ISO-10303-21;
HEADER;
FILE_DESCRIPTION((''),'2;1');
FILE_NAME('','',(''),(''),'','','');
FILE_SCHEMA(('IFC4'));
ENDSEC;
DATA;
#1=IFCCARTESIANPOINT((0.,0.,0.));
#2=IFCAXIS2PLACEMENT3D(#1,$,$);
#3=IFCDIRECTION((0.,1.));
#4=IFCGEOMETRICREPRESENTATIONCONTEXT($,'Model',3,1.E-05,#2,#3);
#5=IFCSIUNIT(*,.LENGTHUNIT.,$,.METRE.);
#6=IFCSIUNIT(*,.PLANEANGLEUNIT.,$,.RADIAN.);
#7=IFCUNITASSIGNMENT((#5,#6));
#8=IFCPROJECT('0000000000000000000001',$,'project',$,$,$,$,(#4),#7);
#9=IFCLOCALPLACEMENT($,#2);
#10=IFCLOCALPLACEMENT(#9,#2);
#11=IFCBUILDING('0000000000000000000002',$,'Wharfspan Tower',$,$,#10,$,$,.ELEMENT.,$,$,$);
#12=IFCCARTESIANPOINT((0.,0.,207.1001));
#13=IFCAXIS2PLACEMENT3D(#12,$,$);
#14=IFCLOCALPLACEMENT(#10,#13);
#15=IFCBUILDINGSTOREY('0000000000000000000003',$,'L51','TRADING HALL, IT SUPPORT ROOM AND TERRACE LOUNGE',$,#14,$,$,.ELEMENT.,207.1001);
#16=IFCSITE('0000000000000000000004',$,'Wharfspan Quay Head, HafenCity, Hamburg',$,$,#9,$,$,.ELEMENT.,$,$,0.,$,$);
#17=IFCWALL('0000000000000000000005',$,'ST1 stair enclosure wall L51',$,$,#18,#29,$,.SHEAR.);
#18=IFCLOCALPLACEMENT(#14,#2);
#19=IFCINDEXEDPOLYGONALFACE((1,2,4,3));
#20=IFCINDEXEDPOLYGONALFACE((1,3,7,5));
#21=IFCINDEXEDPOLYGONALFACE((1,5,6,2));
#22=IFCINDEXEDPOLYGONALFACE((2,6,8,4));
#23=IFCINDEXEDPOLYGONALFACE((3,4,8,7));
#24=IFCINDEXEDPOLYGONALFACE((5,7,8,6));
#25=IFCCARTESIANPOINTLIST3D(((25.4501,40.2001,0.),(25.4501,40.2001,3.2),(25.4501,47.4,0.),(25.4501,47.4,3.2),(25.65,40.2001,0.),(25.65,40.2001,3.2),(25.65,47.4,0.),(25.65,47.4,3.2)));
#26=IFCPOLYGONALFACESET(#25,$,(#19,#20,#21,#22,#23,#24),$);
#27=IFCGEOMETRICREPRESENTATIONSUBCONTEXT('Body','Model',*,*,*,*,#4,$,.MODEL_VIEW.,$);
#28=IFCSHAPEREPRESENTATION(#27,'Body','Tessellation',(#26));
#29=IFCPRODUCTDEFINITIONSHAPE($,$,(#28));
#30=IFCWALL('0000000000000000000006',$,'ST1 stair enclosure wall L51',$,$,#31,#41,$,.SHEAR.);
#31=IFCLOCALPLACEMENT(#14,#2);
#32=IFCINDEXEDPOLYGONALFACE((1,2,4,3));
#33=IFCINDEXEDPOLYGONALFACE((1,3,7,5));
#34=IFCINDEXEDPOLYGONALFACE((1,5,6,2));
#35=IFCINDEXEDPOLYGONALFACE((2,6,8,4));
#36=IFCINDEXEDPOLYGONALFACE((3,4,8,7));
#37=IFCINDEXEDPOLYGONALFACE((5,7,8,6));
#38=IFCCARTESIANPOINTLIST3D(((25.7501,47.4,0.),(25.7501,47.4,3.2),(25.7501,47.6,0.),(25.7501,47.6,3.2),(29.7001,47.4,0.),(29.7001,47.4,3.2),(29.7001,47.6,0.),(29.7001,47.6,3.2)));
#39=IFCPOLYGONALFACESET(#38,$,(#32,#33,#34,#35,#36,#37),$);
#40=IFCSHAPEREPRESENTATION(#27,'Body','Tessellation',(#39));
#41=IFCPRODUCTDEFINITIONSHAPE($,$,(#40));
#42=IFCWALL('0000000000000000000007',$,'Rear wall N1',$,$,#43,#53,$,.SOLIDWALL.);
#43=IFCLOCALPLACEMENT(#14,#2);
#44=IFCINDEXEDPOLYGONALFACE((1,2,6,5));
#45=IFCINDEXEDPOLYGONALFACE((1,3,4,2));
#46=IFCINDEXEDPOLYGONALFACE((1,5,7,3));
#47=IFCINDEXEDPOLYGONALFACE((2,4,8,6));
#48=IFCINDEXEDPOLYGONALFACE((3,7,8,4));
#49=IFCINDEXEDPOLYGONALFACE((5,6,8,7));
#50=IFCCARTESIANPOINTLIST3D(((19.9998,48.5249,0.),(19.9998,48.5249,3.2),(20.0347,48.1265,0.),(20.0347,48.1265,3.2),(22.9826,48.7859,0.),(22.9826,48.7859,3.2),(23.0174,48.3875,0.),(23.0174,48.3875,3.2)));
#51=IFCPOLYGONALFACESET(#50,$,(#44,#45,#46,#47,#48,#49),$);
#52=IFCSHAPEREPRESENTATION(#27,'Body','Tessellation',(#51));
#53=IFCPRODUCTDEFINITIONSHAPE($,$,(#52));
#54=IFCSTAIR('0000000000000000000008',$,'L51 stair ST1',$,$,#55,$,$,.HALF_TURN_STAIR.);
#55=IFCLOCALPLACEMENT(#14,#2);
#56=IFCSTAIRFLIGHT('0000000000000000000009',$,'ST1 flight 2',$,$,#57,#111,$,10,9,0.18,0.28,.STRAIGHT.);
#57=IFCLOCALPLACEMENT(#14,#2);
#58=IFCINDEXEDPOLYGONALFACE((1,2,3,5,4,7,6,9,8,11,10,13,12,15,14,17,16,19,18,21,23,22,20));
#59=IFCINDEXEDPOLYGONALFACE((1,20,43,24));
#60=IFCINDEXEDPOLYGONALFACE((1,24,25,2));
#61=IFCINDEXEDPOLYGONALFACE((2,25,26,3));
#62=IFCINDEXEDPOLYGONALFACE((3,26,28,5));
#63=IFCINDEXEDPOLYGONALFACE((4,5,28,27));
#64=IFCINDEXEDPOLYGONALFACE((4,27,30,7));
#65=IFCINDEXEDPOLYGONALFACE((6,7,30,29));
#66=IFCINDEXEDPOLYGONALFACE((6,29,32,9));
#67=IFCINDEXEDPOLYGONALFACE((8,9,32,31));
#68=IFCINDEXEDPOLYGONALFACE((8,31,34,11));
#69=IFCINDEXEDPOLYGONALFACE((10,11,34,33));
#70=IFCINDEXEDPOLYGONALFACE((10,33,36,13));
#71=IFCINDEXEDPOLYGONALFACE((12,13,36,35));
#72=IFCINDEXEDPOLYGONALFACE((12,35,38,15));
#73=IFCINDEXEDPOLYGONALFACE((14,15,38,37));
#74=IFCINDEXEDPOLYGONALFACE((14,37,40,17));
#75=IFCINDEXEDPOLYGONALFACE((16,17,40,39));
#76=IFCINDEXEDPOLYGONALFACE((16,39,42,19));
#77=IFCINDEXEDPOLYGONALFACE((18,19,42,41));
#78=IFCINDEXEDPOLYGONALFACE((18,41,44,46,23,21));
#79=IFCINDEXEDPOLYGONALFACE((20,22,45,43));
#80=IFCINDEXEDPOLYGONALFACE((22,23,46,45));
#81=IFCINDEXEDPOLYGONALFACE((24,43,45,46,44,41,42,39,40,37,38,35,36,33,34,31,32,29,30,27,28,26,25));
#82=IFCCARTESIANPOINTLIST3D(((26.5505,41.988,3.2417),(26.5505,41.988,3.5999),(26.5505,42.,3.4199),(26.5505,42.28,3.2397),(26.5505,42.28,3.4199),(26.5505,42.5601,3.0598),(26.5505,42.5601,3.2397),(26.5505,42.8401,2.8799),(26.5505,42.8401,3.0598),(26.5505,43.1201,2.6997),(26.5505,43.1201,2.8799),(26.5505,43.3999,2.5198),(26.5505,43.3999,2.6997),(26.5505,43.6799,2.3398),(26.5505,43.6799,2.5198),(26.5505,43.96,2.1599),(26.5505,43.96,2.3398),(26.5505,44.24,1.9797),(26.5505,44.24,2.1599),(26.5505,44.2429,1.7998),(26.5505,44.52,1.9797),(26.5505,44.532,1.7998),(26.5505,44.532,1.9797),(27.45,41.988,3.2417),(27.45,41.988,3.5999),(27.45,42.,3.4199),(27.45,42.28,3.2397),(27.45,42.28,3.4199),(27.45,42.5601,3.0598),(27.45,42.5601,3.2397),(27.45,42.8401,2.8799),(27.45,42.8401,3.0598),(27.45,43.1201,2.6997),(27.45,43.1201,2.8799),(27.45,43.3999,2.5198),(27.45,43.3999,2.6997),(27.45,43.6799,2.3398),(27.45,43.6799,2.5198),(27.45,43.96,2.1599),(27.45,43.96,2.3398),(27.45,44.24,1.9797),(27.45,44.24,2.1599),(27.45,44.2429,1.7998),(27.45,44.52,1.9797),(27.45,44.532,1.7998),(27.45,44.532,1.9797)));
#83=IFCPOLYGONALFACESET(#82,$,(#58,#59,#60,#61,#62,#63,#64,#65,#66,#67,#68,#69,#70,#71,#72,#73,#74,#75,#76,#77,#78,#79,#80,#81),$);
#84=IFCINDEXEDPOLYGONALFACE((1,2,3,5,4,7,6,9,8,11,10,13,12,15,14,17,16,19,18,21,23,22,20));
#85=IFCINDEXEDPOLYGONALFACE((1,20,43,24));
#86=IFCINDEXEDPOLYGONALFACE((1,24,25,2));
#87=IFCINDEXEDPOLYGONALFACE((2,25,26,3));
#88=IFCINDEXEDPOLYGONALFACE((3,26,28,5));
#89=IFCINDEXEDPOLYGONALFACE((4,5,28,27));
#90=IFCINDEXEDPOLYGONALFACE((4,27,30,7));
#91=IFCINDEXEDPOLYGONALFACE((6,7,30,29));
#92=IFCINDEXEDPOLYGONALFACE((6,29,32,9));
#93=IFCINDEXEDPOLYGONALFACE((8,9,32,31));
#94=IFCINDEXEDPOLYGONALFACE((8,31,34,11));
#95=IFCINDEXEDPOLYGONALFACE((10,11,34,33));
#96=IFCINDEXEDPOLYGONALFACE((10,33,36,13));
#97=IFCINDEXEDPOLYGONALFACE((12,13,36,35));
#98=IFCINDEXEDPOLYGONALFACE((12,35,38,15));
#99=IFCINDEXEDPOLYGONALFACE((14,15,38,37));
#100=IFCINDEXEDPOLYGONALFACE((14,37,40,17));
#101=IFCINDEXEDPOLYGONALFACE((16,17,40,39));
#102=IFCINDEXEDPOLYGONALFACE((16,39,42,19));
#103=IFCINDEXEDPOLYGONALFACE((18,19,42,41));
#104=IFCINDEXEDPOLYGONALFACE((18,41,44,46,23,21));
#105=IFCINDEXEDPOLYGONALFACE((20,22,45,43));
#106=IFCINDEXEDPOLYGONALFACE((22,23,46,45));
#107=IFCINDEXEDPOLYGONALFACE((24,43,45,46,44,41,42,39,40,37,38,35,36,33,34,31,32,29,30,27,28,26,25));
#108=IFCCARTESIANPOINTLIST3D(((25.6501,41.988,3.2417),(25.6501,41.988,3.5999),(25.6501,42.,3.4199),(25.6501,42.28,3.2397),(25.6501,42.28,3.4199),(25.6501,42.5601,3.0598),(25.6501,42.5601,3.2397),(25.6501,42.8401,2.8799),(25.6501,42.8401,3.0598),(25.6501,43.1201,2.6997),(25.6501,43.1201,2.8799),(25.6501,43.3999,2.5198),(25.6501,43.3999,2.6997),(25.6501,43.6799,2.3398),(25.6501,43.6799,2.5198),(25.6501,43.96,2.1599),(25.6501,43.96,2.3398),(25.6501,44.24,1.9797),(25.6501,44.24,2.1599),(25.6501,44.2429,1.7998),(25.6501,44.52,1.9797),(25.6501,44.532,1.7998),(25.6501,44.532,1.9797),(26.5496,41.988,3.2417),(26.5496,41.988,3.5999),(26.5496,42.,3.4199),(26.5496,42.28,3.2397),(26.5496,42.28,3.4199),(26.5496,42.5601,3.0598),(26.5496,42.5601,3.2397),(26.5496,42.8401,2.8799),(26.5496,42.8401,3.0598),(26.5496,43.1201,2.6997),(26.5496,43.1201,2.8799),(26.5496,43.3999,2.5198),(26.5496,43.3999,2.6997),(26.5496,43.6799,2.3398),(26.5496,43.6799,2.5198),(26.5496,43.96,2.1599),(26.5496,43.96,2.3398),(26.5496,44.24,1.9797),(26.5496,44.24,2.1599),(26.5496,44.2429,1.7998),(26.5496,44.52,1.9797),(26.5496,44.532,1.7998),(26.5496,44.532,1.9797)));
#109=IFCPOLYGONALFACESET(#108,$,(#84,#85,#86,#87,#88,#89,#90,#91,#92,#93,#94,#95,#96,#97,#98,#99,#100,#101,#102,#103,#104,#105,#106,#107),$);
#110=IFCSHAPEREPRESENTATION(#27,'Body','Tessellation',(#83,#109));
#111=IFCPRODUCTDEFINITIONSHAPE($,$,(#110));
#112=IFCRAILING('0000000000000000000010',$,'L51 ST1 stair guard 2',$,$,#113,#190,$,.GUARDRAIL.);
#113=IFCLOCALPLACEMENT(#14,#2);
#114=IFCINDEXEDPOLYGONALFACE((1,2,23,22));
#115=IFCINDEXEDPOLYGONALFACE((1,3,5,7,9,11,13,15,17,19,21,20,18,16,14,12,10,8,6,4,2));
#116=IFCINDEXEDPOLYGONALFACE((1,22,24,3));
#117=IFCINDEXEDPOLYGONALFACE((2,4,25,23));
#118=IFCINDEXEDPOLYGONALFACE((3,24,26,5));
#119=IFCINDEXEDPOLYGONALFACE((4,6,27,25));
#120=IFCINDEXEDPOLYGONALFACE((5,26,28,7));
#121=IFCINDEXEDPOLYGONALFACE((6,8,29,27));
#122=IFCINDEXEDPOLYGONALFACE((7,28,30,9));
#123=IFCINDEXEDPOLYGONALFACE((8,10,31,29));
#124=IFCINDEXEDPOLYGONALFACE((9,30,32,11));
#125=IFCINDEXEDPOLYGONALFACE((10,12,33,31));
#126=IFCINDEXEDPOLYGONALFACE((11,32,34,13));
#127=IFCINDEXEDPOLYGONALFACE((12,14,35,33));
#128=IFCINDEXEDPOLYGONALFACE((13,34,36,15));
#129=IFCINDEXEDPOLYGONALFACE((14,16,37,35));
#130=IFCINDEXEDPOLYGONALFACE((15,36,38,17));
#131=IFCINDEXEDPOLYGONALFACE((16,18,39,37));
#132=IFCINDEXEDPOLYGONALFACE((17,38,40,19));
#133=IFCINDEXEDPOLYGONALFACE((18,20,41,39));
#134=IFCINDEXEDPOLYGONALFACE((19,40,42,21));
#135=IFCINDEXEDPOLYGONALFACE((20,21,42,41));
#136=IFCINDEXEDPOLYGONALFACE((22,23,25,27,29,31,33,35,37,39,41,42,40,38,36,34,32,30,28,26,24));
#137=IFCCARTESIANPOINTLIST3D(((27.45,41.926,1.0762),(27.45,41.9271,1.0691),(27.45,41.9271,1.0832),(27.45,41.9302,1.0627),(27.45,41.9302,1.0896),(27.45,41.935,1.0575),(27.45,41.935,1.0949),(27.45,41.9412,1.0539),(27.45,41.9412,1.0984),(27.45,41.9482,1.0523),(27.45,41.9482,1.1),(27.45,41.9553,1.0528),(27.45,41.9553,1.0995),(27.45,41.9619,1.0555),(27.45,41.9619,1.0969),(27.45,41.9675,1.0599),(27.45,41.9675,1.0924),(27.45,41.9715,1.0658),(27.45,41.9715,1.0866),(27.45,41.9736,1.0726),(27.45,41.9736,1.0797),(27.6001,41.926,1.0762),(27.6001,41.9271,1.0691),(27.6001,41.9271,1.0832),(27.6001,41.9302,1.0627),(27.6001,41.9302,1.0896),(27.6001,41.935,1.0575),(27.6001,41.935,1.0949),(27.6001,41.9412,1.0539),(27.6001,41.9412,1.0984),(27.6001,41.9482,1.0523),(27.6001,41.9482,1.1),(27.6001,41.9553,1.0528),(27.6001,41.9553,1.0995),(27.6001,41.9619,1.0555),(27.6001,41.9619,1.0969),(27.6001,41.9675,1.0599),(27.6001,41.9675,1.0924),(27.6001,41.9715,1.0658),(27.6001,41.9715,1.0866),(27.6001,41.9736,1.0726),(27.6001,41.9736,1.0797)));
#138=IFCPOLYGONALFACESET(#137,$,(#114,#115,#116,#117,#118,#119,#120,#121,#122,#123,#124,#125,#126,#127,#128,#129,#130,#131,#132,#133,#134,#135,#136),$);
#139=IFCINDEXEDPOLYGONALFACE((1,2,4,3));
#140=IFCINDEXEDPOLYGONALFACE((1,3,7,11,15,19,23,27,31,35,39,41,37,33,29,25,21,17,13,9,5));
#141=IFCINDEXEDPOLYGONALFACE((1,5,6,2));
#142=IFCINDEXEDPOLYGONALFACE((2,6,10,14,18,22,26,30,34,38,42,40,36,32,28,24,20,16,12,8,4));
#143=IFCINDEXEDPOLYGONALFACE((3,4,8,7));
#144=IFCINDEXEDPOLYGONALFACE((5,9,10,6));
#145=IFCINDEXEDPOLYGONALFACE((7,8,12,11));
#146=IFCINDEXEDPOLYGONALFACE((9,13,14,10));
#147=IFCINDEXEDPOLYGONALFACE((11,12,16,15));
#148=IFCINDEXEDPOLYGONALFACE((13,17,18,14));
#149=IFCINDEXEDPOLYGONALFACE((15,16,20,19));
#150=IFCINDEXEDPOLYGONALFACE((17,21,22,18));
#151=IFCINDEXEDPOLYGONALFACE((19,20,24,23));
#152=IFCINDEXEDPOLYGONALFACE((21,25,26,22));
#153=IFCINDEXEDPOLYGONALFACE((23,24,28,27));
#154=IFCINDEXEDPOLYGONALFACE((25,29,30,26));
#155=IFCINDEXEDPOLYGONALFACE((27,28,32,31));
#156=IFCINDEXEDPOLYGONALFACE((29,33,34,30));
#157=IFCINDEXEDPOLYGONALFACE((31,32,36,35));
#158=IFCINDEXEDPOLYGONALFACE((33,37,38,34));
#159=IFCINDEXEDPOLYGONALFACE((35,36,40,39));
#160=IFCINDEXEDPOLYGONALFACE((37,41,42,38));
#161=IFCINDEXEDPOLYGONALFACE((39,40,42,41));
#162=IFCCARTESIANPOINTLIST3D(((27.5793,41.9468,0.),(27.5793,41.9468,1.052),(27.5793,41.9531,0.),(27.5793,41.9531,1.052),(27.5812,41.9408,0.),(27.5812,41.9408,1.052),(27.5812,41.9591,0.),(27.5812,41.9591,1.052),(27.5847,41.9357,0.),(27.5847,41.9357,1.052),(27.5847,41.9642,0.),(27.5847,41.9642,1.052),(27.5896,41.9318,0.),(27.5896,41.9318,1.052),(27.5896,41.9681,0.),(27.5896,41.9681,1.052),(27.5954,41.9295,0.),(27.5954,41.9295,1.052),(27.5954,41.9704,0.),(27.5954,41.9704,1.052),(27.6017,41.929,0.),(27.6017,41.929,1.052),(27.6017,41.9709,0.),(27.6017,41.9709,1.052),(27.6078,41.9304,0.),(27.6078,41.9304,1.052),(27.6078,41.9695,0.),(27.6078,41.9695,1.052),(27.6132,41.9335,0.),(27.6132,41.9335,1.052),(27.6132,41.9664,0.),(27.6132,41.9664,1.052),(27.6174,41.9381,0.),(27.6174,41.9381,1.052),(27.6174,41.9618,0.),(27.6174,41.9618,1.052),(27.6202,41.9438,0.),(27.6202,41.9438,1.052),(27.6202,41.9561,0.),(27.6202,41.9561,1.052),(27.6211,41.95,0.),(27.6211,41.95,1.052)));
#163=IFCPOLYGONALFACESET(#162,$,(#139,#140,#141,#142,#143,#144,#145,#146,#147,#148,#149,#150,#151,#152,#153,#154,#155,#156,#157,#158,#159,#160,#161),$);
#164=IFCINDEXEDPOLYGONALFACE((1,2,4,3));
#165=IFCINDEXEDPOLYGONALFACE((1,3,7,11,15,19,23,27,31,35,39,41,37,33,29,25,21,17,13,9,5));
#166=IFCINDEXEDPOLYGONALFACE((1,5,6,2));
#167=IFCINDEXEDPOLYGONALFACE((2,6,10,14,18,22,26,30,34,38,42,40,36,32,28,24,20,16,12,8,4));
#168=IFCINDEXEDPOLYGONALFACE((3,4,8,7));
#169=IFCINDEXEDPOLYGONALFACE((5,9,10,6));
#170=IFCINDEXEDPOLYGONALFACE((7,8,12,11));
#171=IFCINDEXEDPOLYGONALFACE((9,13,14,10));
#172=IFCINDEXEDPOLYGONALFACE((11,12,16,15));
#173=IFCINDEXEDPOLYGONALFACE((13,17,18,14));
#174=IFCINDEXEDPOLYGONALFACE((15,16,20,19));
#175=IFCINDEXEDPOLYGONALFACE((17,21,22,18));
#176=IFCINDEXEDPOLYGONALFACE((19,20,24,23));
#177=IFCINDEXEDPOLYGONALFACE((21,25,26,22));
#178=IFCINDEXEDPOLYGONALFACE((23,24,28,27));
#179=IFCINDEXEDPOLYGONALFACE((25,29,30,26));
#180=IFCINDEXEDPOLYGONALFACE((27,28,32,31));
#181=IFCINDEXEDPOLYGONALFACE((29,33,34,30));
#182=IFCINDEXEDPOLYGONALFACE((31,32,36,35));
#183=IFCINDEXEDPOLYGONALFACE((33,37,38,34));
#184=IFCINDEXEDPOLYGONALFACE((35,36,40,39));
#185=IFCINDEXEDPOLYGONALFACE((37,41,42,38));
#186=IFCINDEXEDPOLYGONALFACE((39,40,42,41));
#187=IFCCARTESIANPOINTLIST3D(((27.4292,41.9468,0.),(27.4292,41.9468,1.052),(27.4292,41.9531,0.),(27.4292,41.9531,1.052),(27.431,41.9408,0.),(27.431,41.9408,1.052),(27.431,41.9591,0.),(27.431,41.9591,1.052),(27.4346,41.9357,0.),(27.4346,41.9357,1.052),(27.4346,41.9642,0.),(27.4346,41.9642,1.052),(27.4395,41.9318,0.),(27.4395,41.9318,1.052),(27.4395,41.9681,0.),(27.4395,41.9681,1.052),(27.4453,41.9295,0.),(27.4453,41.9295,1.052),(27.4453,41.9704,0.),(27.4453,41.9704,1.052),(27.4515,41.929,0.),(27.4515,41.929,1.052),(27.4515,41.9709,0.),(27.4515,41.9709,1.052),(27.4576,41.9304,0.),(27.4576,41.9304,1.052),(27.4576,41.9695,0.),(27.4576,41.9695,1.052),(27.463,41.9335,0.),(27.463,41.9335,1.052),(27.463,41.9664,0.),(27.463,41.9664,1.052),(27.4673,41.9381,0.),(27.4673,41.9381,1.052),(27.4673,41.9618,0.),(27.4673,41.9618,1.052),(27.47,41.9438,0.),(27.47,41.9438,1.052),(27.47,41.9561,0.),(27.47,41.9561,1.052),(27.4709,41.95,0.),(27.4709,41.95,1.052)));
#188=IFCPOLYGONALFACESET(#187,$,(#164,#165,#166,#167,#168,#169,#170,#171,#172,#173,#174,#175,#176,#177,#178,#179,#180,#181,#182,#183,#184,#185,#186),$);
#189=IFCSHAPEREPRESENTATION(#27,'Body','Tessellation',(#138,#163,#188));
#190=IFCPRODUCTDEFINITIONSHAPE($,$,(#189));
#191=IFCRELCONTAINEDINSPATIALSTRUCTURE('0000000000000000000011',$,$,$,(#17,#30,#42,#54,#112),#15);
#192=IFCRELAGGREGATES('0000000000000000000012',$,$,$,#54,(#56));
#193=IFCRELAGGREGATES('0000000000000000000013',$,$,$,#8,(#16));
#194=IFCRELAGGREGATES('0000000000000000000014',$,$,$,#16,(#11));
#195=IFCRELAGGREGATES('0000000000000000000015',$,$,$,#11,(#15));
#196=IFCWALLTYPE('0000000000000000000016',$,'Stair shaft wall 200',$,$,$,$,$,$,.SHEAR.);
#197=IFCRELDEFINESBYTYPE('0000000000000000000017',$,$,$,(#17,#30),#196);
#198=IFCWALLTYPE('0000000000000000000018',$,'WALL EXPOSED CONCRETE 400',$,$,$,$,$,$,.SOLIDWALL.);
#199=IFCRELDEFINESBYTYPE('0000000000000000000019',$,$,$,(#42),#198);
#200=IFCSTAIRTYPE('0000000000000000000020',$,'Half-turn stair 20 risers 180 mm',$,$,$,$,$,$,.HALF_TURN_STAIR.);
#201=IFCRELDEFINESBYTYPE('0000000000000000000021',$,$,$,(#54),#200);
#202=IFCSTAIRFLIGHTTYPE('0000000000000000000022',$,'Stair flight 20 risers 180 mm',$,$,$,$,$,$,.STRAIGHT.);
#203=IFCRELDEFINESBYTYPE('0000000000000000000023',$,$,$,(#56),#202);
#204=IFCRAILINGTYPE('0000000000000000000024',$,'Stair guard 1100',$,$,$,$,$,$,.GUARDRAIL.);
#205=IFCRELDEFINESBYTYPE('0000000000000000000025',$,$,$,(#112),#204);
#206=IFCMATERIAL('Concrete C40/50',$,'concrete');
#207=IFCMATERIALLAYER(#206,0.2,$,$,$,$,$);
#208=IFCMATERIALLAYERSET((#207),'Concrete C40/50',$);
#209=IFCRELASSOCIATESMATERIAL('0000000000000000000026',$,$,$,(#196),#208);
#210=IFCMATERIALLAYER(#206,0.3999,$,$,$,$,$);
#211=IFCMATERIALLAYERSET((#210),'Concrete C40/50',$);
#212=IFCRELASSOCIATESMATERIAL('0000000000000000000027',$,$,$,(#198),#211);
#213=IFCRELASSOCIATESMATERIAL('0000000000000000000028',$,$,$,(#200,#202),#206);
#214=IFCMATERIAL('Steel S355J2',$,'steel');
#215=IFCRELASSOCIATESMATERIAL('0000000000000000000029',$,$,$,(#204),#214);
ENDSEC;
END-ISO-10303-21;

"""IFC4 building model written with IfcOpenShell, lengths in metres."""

from ifc_helpers import new_model, si_unit, direction, frame, frame_2d, origin, origin_2d, place, context, subcontext, project, spatial, polyline, rectangle, circle, outline, extrude, material, layer, layer_set, type_object, element, aggregate, save


model = new_model("IFC4")

# Units and contexts
model_context = context("Model", 3, precision=1e-05, world=origin(), true_north=direction((0.0, 1.0)))
body_context = subcontext(model_context, "Body", "Model", "MODEL_VIEW")
ifc_project = project(units=[si_unit("LENGTHUNIT", "METRE"), si_unit("PLANEANGLEUNIT", "RADIAN")], contexts=[model_context])

# Site, building, storey
site_placement = place(None, origin())
site = spatial("IfcSite", under=ifc_project, at=site_placement, Name="Wharfspan Quay Head, HafenCity, Hamburg", CompositionType="ELEMENT", RefElevation=0.0)
building_placement = place(site_placement, origin())
building = spatial("IfcBuilding", under=site, at=building_placement, Name="Wharfspan Tower", CompositionType="ELEMENT")
storey_placement = place(building_placement, frame((0.0, 0.0, 207.1001)))
storey = spatial("IfcBuildingStorey", under=building, at=storey_placement, Name="L51", Description="TRADING HALL, IT SUPPORT ROOM AND TERRACE LOUNGE", CompositionType="ELEMENT", Elevation=207.1001)

# Shared definitions
ifc_material_1 = material(Name="Steel S355J2", Category="steel")

# Shared definitions
ifc_material_2 = material(Name="Concrete C40/50", Category="concrete")
ifc_layer_1 = layer(ifc_material_2, 0.2)
ifc_layer_set_1 = layer_set([ifc_layer_1], Name="Concrete C40/50")
wall_type_1 = type_object("IfcWallType", Name="Stair shaft wall 200", PredefinedType="SHEAR", material=ifc_layer_set_1)

# Walls
wall_1_placement = place(storey_placement, frame((25.55, 40.2, 0.0), z_axis=(0.0, 0.0, 1.0), x_axis=(0.0, 1.0, 0.0)))
element("IfcWall", 1, at=wall_1_placement, inside=storey, type_object=wall_type_1, Name="ST1 stair enclosure wall L51", PredefinedType="SHEAR", context=body_context, shape_type="SweptSolid", body=[
    extrude(rectangle(XDim=7.2, YDim=0.2, at=frame_2d((3.6001, 0.0))), origin(), (0.0, 0.0, 1.0), 3.2),
])
wall_2_placement = place(storey_placement, frame((25.75, 47.5, 0.0), z_axis=(0.0, 0.0, 1.0), x_axis=(1.0, 0.0, 0.0)))
element("IfcWall", 2, at=wall_2_placement, inside=storey, type_object=wall_type_1, Name="ST1 stair enclosure wall L51", PredefinedType="SHEAR", context=body_context, shape_type="SweptSolid", body=[
    extrude(rectangle(XDim=3.95, YDim=0.2, at=frame_2d((1.9751, 0.0))), origin(), (0.0, 0.0, 1.0), 3.2),
])
ifc_layer_2 = layer(ifc_material_2, 0.3999)
ifc_layer_set_2 = layer_set([ifc_layer_2], Name="Concrete C40/50")
wall_type_2 = type_object("IfcWallType", Name="WALL EXPOSED CONCRETE 400", PredefinedType="SOLIDWALL", material=ifc_layer_set_2)
wall_3_placement = place(storey_placement, frame((23.0, 48.5867, 0.0), z_axis=(0.0, 0.0, 1.0), x_axis=(-0.996194, -0.087168, 0.0)))
element("IfcWall", 3, at=wall_3_placement, inside=storey, type_object=wall_type_2, Name="Rear wall N1", PredefinedType="SOLIDWALL", context=body_context, shape_type="SweptSolid", body=[
    extrude(rectangle(XDim=2.9941, YDim=0.3999, at=frame_2d((1.4971, 0.0))), origin(), (0.0, 0.0, 1.0), 3.2),
])

# Stair, stair flight
stair_type = type_object("IfcStairType", Name="Half-turn stair 20 risers 180 mm", PredefinedType="HALF_TURN_STAIR", material=ifc_material_2)
stair_placement = place(storey_placement, origin())
stair = element("IfcStair", 4, at=stair_placement, inside=storey, type_object=stair_type, Name="L51 stair ST1", PredefinedType="HALF_TURN_STAIR")
stair_flight_type = type_object("IfcStairFlightType", Name="Stair flight 20 risers 180 mm", PredefinedType="STRAIGHT", material=ifc_material_2)
stair_flight_placement = place(storey_placement, frame((26.55, 44.52, 1.7998), z_axis=(0.0, 0.0, 1.0), x_axis=(0.0, -1.0, 0.0)))
stair_flight = element("IfcStairFlight", 5, at=stair_flight_placement, type_object=stair_flight_type, Name="ST1 flight 2", NumberOfRisers=10, NumberOfTreads=9, PredefinedType="STRAIGHT", RiserHeight=0.18, TreadLength=0.28, context=body_context, shape_type="SweptSolid", body=[
    extrude(outline(polyline([(-0.012, 0.0), (-0.012, 0.1799), (0.0, 0.1799), (0.28, 0.1799), (0.28, 0.3601), (0.5601, 0.3601), (0.5601, 0.54), (0.8401, 0.54), (0.8401, 0.72), (1.1201, 0.72), (1.1201, 0.8999), (1.3999, 0.8999), (1.3999, 1.0801), (1.6799, 1.0801), (1.6799, 1.26), (1.96, 1.26), (1.96, 1.4399), (2.24, 1.4399), (2.24, 1.6201), (2.52, 1.6201), (2.532, 1.8), (2.532, 1.4419), (0.2771, 0.0), (-0.012, 0.0)])), frame((0.0, 0.8999, 0.0), z_axis=(0.0, -1.0, 0.0), x_axis=(1.0, 0.0, 0.0)), (0.0, 0.0, 1.0), 0.8994),
    extrude(outline(polyline([(-0.012, 0.0), (-0.012, 0.1799), (0.0, 0.1799), (0.28, 0.1799), (0.28, 0.3601), (0.5601, 0.3601), (0.5601, 0.54), (0.8401, 0.54), (0.8401, 0.72), (1.1201, 0.72), (1.1201, 0.8999), (1.3999, 0.8999), (1.3999, 1.0801), (1.6799, 1.0801), (1.6799, 1.26), (1.96, 1.26), (1.96, 1.4399), (2.24, 1.4399), (2.24, 1.6201), (2.52, 1.6201), (2.532, 1.8), (2.532, 1.4419), (0.2771, 0.0), (-0.012, 0.0)])), frame((0.0, -0.0005, 0.0), z_axis=(0.0, -1.0, 0.0), x_axis=(1.0, 0.0, 0.0)), (0.0, 0.0, 1.0), 0.8994),
])
aggregate(stair, [stair_flight])

# Railing
railing_type_1 = type_object("IfcRailingType", Name="Stair guard 1100", PredefinedType="GUARDRAIL", material=ifc_material_1)
railing_1_placement = place(storey_placement, frame((27.6001, 41.95, 0.0)))
element("IfcRailing", 6, at=railing_1_placement, inside=storey, type_object=railing_type_1, Name="L51 ST1 stair guard 2", PredefinedType="GUARDRAIL", context=body_context, shape_type="SweptSolid", body=[
    extrude(circle(Radius=0.0239, at=origin_2d()), frame((0.0, 0.0, 1.0762), z_axis=(-1.0, 0.0, 0.0), x_axis=(0.0, -1.0, 0.0)), (0.0, 0.0, 1.0), 0.1501),
    extrude(circle(Radius=0.021, at=origin_2d()), origin(), (0.0, 0.0, 1.0), 1.052),
    extrude(circle(Radius=0.021, at=origin_2d()), frame((-0.1501, 0.0, 0.0)), (0.0, 0.0, 1.0), 1.052),
])

save(model, "model.ifc")
